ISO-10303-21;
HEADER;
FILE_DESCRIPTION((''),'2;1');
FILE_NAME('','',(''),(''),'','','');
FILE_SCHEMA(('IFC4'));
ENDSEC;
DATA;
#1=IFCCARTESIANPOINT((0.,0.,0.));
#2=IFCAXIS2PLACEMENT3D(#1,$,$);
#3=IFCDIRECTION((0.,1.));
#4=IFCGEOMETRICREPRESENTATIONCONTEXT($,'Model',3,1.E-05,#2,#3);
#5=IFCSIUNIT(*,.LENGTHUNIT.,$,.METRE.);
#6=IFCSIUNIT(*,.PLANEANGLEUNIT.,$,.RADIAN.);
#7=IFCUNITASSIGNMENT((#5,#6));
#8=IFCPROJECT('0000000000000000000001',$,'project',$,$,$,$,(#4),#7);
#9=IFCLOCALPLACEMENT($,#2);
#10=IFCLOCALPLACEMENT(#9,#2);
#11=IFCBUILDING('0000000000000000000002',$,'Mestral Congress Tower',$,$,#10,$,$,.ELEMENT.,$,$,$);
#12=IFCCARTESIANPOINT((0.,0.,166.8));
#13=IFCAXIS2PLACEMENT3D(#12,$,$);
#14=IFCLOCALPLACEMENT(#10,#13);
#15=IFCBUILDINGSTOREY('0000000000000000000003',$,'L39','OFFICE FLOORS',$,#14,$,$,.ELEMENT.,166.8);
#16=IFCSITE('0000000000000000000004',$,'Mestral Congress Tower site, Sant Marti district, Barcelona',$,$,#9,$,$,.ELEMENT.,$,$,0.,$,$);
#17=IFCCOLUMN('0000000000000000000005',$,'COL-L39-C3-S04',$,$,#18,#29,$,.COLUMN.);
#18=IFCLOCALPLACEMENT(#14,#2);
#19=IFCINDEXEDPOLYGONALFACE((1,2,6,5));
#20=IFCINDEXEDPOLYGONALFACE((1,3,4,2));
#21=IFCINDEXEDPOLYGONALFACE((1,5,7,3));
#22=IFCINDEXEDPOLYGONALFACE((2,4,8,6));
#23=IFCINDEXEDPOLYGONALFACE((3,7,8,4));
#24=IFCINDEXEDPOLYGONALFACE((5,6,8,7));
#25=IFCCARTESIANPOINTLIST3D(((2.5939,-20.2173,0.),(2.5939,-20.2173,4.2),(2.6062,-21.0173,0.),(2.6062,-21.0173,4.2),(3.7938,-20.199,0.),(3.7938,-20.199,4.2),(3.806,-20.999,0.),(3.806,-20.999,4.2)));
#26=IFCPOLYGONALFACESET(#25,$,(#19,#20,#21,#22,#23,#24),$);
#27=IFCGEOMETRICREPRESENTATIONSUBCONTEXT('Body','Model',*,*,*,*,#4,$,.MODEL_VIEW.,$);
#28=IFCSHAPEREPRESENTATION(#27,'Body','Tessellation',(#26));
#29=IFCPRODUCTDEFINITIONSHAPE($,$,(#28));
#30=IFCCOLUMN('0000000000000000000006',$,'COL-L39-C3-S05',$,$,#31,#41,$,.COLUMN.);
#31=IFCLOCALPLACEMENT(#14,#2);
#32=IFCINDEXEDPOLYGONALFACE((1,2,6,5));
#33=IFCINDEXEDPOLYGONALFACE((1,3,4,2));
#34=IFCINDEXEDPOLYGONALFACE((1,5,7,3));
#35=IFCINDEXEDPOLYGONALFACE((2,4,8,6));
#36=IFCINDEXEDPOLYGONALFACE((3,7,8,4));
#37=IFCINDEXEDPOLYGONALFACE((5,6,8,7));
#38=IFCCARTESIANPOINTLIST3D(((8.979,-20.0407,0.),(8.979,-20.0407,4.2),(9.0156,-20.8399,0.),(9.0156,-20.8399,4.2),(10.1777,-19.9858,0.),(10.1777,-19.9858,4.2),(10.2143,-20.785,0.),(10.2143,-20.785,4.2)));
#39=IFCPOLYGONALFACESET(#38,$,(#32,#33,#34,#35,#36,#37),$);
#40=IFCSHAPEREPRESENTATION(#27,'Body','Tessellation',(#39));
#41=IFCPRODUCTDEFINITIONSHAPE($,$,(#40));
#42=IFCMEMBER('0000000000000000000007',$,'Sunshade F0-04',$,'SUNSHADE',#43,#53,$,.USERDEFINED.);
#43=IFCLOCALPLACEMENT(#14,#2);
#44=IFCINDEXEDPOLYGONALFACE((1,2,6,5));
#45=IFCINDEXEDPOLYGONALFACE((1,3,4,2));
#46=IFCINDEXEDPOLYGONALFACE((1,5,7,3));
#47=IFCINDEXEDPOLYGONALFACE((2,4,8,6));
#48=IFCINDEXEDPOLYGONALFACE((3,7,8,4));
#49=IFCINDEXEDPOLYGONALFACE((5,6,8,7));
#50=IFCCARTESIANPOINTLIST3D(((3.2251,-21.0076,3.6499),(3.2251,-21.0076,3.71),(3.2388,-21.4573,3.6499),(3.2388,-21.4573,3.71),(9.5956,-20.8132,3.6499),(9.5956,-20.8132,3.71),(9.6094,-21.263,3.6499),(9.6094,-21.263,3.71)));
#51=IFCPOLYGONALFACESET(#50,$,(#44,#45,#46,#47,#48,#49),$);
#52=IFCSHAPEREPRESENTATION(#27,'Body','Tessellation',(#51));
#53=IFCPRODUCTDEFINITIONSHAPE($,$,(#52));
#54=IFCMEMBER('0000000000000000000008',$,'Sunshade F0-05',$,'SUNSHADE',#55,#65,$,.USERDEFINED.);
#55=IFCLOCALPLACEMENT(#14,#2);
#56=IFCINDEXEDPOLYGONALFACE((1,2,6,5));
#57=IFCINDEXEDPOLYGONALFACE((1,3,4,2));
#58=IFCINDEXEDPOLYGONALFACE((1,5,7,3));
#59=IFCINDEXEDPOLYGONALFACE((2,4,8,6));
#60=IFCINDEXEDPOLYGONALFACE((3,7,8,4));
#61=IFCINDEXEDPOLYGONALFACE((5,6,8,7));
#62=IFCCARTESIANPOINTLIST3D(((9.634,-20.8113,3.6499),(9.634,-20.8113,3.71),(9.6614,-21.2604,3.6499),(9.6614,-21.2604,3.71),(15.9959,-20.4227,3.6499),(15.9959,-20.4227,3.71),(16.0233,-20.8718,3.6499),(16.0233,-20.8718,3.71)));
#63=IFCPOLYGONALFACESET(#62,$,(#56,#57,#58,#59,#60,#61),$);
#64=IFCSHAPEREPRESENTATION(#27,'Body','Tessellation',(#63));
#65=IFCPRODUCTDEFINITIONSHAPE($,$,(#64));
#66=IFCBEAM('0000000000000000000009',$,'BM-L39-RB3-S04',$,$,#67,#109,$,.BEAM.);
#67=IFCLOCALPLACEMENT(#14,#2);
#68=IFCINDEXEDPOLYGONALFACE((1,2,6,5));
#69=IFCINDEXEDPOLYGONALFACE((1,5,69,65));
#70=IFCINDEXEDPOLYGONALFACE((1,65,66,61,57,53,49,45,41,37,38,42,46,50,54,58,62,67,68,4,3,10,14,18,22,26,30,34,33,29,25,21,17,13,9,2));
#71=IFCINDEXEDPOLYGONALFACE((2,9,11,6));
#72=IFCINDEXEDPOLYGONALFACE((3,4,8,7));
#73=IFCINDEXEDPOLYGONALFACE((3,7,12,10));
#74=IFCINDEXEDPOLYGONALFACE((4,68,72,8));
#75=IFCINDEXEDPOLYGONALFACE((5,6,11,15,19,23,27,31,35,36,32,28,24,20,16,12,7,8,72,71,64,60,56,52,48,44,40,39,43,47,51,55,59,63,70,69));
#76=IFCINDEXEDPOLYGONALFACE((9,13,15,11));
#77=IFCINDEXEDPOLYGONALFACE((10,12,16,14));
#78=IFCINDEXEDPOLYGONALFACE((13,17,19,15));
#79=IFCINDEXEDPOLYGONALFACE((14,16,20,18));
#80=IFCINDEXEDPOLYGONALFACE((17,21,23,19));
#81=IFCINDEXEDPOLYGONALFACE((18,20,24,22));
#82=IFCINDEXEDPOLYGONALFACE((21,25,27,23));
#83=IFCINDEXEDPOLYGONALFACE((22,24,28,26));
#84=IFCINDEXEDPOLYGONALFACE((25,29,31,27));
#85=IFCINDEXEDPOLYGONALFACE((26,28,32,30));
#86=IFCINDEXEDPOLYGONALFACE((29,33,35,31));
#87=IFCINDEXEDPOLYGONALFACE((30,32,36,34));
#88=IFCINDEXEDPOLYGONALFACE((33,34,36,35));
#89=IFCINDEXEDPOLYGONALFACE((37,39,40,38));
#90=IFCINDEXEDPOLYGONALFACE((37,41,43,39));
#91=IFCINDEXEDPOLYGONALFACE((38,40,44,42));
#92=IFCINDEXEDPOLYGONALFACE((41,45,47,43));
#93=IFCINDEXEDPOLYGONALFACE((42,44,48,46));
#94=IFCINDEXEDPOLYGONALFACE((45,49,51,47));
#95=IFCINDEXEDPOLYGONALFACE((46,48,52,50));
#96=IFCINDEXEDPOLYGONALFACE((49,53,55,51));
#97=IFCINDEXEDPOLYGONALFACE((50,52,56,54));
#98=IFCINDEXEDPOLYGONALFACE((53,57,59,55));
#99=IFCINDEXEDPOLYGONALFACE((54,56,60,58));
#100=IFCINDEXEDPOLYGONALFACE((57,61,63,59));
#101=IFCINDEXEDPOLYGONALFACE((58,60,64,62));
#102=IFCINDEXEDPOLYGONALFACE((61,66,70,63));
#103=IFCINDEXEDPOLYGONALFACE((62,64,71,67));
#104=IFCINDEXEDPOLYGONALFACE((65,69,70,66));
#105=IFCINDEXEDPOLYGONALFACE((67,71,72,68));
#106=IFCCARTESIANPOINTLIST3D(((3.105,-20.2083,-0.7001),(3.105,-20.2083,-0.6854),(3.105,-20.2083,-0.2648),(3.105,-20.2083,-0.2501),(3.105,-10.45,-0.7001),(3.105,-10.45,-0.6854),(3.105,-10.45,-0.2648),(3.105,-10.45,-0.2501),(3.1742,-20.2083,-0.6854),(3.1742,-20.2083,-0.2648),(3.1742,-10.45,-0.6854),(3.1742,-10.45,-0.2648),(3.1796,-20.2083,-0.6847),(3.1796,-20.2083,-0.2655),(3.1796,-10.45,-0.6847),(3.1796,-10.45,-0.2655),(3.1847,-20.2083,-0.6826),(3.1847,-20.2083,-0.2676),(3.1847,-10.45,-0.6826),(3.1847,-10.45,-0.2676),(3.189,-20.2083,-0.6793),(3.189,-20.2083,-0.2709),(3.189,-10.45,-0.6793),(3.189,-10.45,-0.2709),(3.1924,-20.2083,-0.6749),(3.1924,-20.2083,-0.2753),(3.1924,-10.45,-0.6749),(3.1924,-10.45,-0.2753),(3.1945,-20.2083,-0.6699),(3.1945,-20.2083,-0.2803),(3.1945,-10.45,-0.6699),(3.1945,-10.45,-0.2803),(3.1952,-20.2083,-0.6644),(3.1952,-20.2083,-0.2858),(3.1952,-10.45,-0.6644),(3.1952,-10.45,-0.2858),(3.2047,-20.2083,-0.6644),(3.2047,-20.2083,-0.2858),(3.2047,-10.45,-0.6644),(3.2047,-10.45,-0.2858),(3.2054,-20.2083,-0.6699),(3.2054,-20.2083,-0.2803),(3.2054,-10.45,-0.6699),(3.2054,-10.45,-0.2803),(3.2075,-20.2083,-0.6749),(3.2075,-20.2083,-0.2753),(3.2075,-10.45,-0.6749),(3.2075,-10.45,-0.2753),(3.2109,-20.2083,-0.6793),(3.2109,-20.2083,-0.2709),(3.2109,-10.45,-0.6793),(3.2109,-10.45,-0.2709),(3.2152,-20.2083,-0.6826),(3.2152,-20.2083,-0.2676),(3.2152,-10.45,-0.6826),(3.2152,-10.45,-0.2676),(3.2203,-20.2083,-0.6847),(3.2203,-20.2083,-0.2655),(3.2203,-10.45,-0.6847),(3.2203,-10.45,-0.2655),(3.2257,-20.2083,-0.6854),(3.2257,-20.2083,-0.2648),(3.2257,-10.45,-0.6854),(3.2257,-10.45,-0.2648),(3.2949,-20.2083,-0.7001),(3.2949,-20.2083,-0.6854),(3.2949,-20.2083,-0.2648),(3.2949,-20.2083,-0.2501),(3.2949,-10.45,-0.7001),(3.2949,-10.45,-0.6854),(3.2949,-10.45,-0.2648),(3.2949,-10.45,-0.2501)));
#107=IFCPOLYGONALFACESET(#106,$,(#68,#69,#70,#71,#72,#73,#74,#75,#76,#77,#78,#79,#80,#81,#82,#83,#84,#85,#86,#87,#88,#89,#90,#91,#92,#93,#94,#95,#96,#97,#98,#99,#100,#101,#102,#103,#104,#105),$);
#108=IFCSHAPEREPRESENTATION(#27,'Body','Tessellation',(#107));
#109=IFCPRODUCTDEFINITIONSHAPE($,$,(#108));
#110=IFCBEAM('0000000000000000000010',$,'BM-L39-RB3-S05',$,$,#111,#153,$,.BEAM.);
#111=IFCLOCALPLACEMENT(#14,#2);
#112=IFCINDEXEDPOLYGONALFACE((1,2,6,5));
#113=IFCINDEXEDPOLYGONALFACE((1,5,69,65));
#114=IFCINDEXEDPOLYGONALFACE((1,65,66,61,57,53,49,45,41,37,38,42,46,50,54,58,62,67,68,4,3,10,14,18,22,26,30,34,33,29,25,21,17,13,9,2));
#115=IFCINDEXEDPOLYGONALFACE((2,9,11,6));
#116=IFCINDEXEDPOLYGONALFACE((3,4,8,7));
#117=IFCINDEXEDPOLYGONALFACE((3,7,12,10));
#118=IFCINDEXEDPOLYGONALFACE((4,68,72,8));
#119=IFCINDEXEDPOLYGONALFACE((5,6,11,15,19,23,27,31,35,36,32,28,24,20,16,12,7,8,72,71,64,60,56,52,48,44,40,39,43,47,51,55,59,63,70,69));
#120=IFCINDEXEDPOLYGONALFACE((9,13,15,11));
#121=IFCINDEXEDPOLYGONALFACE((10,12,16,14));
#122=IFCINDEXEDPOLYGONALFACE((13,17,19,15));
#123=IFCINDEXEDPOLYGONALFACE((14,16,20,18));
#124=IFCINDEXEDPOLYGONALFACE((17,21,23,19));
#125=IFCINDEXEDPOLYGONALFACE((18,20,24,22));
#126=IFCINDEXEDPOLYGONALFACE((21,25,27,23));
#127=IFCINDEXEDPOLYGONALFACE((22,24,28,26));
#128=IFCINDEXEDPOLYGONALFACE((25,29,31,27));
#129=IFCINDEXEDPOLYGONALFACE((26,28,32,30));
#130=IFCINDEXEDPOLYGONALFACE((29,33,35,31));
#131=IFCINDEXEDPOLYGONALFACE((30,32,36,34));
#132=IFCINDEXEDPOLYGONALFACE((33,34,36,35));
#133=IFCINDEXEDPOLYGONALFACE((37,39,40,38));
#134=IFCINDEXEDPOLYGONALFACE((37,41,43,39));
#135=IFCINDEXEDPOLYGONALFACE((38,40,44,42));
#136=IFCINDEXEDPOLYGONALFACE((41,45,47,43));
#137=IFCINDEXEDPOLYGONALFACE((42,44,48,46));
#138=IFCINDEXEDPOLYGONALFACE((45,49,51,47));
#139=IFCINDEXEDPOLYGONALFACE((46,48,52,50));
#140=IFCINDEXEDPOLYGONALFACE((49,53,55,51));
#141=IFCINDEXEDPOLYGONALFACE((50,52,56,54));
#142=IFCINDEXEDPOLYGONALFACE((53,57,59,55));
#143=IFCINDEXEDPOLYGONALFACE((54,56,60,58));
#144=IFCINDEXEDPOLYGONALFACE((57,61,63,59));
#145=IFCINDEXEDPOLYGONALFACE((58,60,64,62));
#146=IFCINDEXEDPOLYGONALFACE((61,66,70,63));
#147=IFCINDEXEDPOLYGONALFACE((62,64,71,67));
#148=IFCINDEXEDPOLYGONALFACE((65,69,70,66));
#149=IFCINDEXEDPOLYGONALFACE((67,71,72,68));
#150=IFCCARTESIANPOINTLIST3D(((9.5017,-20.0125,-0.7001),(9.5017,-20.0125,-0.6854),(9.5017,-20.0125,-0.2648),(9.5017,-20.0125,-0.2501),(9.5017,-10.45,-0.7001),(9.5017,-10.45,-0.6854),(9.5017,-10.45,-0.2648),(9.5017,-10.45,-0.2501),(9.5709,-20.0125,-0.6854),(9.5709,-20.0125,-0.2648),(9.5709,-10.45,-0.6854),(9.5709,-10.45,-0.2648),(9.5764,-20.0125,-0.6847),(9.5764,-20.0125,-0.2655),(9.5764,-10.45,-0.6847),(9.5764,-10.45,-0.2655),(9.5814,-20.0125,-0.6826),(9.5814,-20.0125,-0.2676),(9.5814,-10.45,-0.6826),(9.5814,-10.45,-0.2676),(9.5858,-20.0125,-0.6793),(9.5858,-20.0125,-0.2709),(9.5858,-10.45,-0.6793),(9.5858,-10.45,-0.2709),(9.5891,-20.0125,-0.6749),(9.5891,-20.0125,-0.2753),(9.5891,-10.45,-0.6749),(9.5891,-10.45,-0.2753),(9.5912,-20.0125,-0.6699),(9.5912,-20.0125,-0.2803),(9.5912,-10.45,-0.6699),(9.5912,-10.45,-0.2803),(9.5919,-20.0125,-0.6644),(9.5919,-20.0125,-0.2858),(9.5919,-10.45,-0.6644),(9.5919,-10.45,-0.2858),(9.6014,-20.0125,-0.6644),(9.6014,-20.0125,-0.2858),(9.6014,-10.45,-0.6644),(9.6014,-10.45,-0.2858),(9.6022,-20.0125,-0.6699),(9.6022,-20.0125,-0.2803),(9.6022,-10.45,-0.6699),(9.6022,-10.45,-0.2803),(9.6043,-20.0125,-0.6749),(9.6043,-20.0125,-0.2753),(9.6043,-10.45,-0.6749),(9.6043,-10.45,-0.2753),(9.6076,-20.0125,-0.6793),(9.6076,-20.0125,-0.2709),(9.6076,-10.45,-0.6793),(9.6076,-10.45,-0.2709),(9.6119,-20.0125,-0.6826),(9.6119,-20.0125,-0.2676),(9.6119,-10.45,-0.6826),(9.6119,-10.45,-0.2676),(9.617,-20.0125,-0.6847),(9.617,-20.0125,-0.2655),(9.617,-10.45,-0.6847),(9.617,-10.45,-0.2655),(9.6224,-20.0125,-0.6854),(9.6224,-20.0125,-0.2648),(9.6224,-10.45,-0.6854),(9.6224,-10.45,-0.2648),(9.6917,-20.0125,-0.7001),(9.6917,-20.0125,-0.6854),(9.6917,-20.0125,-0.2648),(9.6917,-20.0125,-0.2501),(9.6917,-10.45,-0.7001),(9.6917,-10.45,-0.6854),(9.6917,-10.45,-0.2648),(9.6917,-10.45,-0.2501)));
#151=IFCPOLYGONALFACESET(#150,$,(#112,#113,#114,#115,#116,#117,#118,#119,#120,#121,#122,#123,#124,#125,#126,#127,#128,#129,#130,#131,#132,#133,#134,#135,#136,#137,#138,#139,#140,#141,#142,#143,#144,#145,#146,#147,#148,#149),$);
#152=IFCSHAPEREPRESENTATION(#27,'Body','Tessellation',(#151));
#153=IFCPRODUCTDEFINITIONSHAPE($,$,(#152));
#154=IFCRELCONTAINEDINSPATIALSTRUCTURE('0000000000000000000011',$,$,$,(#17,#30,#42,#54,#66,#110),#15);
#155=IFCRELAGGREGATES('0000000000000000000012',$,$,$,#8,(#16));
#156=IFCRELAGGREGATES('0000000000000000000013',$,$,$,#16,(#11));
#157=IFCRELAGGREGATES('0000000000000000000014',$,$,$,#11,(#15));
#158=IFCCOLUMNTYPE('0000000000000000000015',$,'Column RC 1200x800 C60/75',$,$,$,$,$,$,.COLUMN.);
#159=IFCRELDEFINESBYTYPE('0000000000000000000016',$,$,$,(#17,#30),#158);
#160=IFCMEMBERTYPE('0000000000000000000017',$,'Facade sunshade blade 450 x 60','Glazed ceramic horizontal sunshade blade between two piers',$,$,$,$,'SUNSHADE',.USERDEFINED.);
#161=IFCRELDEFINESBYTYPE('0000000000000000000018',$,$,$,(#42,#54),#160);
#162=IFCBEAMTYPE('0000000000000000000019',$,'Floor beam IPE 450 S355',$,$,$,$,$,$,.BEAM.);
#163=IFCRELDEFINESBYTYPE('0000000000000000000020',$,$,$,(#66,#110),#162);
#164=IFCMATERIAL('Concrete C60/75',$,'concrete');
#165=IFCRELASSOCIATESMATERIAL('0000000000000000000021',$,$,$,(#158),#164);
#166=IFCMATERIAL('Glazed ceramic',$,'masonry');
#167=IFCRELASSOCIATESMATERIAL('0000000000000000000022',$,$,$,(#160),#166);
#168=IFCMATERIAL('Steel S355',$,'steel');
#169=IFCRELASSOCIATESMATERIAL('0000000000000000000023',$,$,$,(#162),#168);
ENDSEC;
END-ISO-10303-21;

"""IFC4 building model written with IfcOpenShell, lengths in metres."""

from ifc_helpers import new_model, si_unit, direction, frame, origin, origin_2d, place, context, subcontext, project, spatial, rectangle, i_section, extrude, material, material_profile, profile_set, type_object, element, save


model = new_model("IFC4")

# Units and contexts
model_context = context("Model", 3, precision=1e-05, world=origin(), true_north=direction((0.0, 1.0)))
body_context = subcontext(model_context, "Body", "Model", "MODEL_VIEW")
ifc_project = project(units=[si_unit("LENGTHUNIT", "METRE"), si_unit("PLANEANGLEUNIT", "RADIAN")], contexts=[model_context])

# Site, building, storey
site_placement = place(None, origin())
site = spatial("IfcSite", under=ifc_project, at=site_placement, Name="Mestral Congress Tower site, Sant Marti district, Barcelona", CompositionType="ELEMENT", RefElevation=0.0)
building_placement = place(site_placement, origin())
building = spatial("IfcBuilding", under=site, at=building_placement, Name="Mestral Congress Tower", CompositionType="ELEMENT")
storey_placement = place(building_placement, frame((0.0, 0.0, 166.8)))
storey = spatial("IfcBuildingStorey", under=building, at=storey_placement, Name="L39", Description="OFFICE FLOORS", CompositionType="ELEMENT", Elevation=166.8)

# Columns
ifc_material_1 = material(Name="Concrete C60/75", Category="concrete")
ifc_material_profile_1 = material_profile(ifc_material_1, rectangle(XDim=1.2, YDim=0.8, at=origin_2d()), Name="RC 1200x800")
ifc_profile_set_1 = profile_set([ifc_material_profile_1], Name="Concrete C60/75")
column_type = type_object("IfcColumnType", Name="Column RC 1200x800 C60/75", PredefinedType="COLUMN", material=ifc_profile_set_1)
for number, where, z_axis, x_axis, name in (
    (1, (3.2, -20.6082, 0.0), (0.0, 0.0, 1.0), (0.999884, 0.015262, 0.0), "COL-L39-C3-S04"),
    (2, (9.5967, -20.4128, 0.0), (0.0, 0.0, 1.0), (0.998952, 0.045771, 0.0), "COL-L39-C3-S05"),
):
    element("IfcColumn", number, at=place(storey_placement, frame(where, z_axis=z_axis, x_axis=x_axis)), inside=storey, type_object=column_type, Name=name, PredefinedType="COLUMN", context=body_context, shape_type="SweptSolid", body=[
        extrude(rectangle(XDim=1.2, YDim=0.8, at=origin_2d()), origin(), (0.0, 0.0, 1.0), 4.2),
    ])

# Members
ifc_material_2 = material(Name="Glazed ceramic", Category="masonry")
ifc_material_profile_2 = material_profile(ifc_material_2, rectangle(XDim=0.45, YDim=0.0601, at=origin_2d()), Name="Ceramic blade 450 x 60")
ifc_profile_set_2 = profile_set([ifc_material_profile_2], Name="Glazed ceramic")
member_type = type_object("IfcMemberType", Name="Facade sunshade blade 450 x 60", Description="Glazed ceramic horizontal sunshade blade between two piers", ElementType="SUNSHADE", PredefinedType="USERDEFINED", material=ifc_profile_set_2)
member_1_placement = place(storey_placement, frame((3.2319, -21.2324, 3.6799), z_axis=(0.999535, 0.030491, 0.0), x_axis=(-0.030491, 0.999535, 0.0)))
element("IfcMember", 3, at=member_1_placement, inside=storey, type_object=member_type, Name="Sunshade F0-04", ObjectType="SUNSHADE", PredefinedType="USERDEFINED", context=body_context, shape_type="SweptSolid", body=[
    extrude(rectangle(XDim=0.45, YDim=0.0601, at=origin_2d()), origin(), (0.0, 0.0, 1.0), 6.3735),
])
member_2_placement = place(storey_placement, frame((9.6477, -21.0359, 3.6799), z_axis=(0.998139, 0.060981, 0.0), x_axis=(-0.060981, 0.998139, 0.0)))
element("IfcMember", 4, at=member_2_placement, inside=storey, type_object=member_type, Name="Sunshade F0-05", ObjectType="SUNSHADE", PredefinedType="USERDEFINED", context=body_context, shape_type="SweptSolid", body=[
    extrude(rectangle(XDim=0.45, YDim=0.0601, at=origin_2d()), origin(), (0.0, 0.0, 1.0), 6.3738),
])

# Beams
ifc_material_3 = material(Name="Steel S355", Category="steel")
ifc_material_profile_3 = material_profile(ifc_material_3, i_section(OverallWidth=0.1899, OverallDepth=0.45, WebThickness=0.0095, FlangeThickness=0.0146, FilletRadius=0.021, at=origin_2d()), Name="IPE 450")
ifc_profile_set_3 = profile_set([ifc_material_profile_3], Name="Steel S355")
beam_type_1 = type_object("IfcBeamType", Name="Floor beam IPE 450 S355", PredefinedType="BEAM", material=ifc_profile_set_3)
beam_1_placement = place(storey_placement, frame((3.2, -20.2083, -0.4751), z_axis=(0.0, 1.0, 0.0), x_axis=(-1.0, 0.0, 0.0)))
element("IfcBeam", 5, at=beam_1_placement, inside=storey, type_object=beam_type_1, Name="BM-L39-RB3-S04", PredefinedType="BEAM", context=body_context, shape_type="SweptSolid", body=[
    extrude(i_section(OverallWidth=0.1899, OverallDepth=0.45, WebThickness=0.0095, FlangeThickness=0.0146, FilletRadius=0.021, at=origin_2d()), origin(), (0.0, 0.0, 1.0), 9.7583),
])
beam_2_placement = place(storey_placement, frame((9.5967, -20.0125, -0.4751), z_axis=(0.0, 1.0, 0.0), x_axis=(-1.0, 0.0, 0.0)))
element("IfcBeam", 6, at=beam_2_placement, inside=storey, type_object=beam_type_1, Name="BM-L39-RB3-S05", PredefinedType="BEAM", context=body_context, shape_type="SweptSolid", body=[
    extrude(i_section(OverallWidth=0.1899, OverallDepth=0.45, WebThickness=0.0095, FlangeThickness=0.0146, FilletRadius=0.021, at=origin_2d()), origin(), (0.0, 0.0, 1.0), 9.5625),
])

save(model, "model.ifc")
